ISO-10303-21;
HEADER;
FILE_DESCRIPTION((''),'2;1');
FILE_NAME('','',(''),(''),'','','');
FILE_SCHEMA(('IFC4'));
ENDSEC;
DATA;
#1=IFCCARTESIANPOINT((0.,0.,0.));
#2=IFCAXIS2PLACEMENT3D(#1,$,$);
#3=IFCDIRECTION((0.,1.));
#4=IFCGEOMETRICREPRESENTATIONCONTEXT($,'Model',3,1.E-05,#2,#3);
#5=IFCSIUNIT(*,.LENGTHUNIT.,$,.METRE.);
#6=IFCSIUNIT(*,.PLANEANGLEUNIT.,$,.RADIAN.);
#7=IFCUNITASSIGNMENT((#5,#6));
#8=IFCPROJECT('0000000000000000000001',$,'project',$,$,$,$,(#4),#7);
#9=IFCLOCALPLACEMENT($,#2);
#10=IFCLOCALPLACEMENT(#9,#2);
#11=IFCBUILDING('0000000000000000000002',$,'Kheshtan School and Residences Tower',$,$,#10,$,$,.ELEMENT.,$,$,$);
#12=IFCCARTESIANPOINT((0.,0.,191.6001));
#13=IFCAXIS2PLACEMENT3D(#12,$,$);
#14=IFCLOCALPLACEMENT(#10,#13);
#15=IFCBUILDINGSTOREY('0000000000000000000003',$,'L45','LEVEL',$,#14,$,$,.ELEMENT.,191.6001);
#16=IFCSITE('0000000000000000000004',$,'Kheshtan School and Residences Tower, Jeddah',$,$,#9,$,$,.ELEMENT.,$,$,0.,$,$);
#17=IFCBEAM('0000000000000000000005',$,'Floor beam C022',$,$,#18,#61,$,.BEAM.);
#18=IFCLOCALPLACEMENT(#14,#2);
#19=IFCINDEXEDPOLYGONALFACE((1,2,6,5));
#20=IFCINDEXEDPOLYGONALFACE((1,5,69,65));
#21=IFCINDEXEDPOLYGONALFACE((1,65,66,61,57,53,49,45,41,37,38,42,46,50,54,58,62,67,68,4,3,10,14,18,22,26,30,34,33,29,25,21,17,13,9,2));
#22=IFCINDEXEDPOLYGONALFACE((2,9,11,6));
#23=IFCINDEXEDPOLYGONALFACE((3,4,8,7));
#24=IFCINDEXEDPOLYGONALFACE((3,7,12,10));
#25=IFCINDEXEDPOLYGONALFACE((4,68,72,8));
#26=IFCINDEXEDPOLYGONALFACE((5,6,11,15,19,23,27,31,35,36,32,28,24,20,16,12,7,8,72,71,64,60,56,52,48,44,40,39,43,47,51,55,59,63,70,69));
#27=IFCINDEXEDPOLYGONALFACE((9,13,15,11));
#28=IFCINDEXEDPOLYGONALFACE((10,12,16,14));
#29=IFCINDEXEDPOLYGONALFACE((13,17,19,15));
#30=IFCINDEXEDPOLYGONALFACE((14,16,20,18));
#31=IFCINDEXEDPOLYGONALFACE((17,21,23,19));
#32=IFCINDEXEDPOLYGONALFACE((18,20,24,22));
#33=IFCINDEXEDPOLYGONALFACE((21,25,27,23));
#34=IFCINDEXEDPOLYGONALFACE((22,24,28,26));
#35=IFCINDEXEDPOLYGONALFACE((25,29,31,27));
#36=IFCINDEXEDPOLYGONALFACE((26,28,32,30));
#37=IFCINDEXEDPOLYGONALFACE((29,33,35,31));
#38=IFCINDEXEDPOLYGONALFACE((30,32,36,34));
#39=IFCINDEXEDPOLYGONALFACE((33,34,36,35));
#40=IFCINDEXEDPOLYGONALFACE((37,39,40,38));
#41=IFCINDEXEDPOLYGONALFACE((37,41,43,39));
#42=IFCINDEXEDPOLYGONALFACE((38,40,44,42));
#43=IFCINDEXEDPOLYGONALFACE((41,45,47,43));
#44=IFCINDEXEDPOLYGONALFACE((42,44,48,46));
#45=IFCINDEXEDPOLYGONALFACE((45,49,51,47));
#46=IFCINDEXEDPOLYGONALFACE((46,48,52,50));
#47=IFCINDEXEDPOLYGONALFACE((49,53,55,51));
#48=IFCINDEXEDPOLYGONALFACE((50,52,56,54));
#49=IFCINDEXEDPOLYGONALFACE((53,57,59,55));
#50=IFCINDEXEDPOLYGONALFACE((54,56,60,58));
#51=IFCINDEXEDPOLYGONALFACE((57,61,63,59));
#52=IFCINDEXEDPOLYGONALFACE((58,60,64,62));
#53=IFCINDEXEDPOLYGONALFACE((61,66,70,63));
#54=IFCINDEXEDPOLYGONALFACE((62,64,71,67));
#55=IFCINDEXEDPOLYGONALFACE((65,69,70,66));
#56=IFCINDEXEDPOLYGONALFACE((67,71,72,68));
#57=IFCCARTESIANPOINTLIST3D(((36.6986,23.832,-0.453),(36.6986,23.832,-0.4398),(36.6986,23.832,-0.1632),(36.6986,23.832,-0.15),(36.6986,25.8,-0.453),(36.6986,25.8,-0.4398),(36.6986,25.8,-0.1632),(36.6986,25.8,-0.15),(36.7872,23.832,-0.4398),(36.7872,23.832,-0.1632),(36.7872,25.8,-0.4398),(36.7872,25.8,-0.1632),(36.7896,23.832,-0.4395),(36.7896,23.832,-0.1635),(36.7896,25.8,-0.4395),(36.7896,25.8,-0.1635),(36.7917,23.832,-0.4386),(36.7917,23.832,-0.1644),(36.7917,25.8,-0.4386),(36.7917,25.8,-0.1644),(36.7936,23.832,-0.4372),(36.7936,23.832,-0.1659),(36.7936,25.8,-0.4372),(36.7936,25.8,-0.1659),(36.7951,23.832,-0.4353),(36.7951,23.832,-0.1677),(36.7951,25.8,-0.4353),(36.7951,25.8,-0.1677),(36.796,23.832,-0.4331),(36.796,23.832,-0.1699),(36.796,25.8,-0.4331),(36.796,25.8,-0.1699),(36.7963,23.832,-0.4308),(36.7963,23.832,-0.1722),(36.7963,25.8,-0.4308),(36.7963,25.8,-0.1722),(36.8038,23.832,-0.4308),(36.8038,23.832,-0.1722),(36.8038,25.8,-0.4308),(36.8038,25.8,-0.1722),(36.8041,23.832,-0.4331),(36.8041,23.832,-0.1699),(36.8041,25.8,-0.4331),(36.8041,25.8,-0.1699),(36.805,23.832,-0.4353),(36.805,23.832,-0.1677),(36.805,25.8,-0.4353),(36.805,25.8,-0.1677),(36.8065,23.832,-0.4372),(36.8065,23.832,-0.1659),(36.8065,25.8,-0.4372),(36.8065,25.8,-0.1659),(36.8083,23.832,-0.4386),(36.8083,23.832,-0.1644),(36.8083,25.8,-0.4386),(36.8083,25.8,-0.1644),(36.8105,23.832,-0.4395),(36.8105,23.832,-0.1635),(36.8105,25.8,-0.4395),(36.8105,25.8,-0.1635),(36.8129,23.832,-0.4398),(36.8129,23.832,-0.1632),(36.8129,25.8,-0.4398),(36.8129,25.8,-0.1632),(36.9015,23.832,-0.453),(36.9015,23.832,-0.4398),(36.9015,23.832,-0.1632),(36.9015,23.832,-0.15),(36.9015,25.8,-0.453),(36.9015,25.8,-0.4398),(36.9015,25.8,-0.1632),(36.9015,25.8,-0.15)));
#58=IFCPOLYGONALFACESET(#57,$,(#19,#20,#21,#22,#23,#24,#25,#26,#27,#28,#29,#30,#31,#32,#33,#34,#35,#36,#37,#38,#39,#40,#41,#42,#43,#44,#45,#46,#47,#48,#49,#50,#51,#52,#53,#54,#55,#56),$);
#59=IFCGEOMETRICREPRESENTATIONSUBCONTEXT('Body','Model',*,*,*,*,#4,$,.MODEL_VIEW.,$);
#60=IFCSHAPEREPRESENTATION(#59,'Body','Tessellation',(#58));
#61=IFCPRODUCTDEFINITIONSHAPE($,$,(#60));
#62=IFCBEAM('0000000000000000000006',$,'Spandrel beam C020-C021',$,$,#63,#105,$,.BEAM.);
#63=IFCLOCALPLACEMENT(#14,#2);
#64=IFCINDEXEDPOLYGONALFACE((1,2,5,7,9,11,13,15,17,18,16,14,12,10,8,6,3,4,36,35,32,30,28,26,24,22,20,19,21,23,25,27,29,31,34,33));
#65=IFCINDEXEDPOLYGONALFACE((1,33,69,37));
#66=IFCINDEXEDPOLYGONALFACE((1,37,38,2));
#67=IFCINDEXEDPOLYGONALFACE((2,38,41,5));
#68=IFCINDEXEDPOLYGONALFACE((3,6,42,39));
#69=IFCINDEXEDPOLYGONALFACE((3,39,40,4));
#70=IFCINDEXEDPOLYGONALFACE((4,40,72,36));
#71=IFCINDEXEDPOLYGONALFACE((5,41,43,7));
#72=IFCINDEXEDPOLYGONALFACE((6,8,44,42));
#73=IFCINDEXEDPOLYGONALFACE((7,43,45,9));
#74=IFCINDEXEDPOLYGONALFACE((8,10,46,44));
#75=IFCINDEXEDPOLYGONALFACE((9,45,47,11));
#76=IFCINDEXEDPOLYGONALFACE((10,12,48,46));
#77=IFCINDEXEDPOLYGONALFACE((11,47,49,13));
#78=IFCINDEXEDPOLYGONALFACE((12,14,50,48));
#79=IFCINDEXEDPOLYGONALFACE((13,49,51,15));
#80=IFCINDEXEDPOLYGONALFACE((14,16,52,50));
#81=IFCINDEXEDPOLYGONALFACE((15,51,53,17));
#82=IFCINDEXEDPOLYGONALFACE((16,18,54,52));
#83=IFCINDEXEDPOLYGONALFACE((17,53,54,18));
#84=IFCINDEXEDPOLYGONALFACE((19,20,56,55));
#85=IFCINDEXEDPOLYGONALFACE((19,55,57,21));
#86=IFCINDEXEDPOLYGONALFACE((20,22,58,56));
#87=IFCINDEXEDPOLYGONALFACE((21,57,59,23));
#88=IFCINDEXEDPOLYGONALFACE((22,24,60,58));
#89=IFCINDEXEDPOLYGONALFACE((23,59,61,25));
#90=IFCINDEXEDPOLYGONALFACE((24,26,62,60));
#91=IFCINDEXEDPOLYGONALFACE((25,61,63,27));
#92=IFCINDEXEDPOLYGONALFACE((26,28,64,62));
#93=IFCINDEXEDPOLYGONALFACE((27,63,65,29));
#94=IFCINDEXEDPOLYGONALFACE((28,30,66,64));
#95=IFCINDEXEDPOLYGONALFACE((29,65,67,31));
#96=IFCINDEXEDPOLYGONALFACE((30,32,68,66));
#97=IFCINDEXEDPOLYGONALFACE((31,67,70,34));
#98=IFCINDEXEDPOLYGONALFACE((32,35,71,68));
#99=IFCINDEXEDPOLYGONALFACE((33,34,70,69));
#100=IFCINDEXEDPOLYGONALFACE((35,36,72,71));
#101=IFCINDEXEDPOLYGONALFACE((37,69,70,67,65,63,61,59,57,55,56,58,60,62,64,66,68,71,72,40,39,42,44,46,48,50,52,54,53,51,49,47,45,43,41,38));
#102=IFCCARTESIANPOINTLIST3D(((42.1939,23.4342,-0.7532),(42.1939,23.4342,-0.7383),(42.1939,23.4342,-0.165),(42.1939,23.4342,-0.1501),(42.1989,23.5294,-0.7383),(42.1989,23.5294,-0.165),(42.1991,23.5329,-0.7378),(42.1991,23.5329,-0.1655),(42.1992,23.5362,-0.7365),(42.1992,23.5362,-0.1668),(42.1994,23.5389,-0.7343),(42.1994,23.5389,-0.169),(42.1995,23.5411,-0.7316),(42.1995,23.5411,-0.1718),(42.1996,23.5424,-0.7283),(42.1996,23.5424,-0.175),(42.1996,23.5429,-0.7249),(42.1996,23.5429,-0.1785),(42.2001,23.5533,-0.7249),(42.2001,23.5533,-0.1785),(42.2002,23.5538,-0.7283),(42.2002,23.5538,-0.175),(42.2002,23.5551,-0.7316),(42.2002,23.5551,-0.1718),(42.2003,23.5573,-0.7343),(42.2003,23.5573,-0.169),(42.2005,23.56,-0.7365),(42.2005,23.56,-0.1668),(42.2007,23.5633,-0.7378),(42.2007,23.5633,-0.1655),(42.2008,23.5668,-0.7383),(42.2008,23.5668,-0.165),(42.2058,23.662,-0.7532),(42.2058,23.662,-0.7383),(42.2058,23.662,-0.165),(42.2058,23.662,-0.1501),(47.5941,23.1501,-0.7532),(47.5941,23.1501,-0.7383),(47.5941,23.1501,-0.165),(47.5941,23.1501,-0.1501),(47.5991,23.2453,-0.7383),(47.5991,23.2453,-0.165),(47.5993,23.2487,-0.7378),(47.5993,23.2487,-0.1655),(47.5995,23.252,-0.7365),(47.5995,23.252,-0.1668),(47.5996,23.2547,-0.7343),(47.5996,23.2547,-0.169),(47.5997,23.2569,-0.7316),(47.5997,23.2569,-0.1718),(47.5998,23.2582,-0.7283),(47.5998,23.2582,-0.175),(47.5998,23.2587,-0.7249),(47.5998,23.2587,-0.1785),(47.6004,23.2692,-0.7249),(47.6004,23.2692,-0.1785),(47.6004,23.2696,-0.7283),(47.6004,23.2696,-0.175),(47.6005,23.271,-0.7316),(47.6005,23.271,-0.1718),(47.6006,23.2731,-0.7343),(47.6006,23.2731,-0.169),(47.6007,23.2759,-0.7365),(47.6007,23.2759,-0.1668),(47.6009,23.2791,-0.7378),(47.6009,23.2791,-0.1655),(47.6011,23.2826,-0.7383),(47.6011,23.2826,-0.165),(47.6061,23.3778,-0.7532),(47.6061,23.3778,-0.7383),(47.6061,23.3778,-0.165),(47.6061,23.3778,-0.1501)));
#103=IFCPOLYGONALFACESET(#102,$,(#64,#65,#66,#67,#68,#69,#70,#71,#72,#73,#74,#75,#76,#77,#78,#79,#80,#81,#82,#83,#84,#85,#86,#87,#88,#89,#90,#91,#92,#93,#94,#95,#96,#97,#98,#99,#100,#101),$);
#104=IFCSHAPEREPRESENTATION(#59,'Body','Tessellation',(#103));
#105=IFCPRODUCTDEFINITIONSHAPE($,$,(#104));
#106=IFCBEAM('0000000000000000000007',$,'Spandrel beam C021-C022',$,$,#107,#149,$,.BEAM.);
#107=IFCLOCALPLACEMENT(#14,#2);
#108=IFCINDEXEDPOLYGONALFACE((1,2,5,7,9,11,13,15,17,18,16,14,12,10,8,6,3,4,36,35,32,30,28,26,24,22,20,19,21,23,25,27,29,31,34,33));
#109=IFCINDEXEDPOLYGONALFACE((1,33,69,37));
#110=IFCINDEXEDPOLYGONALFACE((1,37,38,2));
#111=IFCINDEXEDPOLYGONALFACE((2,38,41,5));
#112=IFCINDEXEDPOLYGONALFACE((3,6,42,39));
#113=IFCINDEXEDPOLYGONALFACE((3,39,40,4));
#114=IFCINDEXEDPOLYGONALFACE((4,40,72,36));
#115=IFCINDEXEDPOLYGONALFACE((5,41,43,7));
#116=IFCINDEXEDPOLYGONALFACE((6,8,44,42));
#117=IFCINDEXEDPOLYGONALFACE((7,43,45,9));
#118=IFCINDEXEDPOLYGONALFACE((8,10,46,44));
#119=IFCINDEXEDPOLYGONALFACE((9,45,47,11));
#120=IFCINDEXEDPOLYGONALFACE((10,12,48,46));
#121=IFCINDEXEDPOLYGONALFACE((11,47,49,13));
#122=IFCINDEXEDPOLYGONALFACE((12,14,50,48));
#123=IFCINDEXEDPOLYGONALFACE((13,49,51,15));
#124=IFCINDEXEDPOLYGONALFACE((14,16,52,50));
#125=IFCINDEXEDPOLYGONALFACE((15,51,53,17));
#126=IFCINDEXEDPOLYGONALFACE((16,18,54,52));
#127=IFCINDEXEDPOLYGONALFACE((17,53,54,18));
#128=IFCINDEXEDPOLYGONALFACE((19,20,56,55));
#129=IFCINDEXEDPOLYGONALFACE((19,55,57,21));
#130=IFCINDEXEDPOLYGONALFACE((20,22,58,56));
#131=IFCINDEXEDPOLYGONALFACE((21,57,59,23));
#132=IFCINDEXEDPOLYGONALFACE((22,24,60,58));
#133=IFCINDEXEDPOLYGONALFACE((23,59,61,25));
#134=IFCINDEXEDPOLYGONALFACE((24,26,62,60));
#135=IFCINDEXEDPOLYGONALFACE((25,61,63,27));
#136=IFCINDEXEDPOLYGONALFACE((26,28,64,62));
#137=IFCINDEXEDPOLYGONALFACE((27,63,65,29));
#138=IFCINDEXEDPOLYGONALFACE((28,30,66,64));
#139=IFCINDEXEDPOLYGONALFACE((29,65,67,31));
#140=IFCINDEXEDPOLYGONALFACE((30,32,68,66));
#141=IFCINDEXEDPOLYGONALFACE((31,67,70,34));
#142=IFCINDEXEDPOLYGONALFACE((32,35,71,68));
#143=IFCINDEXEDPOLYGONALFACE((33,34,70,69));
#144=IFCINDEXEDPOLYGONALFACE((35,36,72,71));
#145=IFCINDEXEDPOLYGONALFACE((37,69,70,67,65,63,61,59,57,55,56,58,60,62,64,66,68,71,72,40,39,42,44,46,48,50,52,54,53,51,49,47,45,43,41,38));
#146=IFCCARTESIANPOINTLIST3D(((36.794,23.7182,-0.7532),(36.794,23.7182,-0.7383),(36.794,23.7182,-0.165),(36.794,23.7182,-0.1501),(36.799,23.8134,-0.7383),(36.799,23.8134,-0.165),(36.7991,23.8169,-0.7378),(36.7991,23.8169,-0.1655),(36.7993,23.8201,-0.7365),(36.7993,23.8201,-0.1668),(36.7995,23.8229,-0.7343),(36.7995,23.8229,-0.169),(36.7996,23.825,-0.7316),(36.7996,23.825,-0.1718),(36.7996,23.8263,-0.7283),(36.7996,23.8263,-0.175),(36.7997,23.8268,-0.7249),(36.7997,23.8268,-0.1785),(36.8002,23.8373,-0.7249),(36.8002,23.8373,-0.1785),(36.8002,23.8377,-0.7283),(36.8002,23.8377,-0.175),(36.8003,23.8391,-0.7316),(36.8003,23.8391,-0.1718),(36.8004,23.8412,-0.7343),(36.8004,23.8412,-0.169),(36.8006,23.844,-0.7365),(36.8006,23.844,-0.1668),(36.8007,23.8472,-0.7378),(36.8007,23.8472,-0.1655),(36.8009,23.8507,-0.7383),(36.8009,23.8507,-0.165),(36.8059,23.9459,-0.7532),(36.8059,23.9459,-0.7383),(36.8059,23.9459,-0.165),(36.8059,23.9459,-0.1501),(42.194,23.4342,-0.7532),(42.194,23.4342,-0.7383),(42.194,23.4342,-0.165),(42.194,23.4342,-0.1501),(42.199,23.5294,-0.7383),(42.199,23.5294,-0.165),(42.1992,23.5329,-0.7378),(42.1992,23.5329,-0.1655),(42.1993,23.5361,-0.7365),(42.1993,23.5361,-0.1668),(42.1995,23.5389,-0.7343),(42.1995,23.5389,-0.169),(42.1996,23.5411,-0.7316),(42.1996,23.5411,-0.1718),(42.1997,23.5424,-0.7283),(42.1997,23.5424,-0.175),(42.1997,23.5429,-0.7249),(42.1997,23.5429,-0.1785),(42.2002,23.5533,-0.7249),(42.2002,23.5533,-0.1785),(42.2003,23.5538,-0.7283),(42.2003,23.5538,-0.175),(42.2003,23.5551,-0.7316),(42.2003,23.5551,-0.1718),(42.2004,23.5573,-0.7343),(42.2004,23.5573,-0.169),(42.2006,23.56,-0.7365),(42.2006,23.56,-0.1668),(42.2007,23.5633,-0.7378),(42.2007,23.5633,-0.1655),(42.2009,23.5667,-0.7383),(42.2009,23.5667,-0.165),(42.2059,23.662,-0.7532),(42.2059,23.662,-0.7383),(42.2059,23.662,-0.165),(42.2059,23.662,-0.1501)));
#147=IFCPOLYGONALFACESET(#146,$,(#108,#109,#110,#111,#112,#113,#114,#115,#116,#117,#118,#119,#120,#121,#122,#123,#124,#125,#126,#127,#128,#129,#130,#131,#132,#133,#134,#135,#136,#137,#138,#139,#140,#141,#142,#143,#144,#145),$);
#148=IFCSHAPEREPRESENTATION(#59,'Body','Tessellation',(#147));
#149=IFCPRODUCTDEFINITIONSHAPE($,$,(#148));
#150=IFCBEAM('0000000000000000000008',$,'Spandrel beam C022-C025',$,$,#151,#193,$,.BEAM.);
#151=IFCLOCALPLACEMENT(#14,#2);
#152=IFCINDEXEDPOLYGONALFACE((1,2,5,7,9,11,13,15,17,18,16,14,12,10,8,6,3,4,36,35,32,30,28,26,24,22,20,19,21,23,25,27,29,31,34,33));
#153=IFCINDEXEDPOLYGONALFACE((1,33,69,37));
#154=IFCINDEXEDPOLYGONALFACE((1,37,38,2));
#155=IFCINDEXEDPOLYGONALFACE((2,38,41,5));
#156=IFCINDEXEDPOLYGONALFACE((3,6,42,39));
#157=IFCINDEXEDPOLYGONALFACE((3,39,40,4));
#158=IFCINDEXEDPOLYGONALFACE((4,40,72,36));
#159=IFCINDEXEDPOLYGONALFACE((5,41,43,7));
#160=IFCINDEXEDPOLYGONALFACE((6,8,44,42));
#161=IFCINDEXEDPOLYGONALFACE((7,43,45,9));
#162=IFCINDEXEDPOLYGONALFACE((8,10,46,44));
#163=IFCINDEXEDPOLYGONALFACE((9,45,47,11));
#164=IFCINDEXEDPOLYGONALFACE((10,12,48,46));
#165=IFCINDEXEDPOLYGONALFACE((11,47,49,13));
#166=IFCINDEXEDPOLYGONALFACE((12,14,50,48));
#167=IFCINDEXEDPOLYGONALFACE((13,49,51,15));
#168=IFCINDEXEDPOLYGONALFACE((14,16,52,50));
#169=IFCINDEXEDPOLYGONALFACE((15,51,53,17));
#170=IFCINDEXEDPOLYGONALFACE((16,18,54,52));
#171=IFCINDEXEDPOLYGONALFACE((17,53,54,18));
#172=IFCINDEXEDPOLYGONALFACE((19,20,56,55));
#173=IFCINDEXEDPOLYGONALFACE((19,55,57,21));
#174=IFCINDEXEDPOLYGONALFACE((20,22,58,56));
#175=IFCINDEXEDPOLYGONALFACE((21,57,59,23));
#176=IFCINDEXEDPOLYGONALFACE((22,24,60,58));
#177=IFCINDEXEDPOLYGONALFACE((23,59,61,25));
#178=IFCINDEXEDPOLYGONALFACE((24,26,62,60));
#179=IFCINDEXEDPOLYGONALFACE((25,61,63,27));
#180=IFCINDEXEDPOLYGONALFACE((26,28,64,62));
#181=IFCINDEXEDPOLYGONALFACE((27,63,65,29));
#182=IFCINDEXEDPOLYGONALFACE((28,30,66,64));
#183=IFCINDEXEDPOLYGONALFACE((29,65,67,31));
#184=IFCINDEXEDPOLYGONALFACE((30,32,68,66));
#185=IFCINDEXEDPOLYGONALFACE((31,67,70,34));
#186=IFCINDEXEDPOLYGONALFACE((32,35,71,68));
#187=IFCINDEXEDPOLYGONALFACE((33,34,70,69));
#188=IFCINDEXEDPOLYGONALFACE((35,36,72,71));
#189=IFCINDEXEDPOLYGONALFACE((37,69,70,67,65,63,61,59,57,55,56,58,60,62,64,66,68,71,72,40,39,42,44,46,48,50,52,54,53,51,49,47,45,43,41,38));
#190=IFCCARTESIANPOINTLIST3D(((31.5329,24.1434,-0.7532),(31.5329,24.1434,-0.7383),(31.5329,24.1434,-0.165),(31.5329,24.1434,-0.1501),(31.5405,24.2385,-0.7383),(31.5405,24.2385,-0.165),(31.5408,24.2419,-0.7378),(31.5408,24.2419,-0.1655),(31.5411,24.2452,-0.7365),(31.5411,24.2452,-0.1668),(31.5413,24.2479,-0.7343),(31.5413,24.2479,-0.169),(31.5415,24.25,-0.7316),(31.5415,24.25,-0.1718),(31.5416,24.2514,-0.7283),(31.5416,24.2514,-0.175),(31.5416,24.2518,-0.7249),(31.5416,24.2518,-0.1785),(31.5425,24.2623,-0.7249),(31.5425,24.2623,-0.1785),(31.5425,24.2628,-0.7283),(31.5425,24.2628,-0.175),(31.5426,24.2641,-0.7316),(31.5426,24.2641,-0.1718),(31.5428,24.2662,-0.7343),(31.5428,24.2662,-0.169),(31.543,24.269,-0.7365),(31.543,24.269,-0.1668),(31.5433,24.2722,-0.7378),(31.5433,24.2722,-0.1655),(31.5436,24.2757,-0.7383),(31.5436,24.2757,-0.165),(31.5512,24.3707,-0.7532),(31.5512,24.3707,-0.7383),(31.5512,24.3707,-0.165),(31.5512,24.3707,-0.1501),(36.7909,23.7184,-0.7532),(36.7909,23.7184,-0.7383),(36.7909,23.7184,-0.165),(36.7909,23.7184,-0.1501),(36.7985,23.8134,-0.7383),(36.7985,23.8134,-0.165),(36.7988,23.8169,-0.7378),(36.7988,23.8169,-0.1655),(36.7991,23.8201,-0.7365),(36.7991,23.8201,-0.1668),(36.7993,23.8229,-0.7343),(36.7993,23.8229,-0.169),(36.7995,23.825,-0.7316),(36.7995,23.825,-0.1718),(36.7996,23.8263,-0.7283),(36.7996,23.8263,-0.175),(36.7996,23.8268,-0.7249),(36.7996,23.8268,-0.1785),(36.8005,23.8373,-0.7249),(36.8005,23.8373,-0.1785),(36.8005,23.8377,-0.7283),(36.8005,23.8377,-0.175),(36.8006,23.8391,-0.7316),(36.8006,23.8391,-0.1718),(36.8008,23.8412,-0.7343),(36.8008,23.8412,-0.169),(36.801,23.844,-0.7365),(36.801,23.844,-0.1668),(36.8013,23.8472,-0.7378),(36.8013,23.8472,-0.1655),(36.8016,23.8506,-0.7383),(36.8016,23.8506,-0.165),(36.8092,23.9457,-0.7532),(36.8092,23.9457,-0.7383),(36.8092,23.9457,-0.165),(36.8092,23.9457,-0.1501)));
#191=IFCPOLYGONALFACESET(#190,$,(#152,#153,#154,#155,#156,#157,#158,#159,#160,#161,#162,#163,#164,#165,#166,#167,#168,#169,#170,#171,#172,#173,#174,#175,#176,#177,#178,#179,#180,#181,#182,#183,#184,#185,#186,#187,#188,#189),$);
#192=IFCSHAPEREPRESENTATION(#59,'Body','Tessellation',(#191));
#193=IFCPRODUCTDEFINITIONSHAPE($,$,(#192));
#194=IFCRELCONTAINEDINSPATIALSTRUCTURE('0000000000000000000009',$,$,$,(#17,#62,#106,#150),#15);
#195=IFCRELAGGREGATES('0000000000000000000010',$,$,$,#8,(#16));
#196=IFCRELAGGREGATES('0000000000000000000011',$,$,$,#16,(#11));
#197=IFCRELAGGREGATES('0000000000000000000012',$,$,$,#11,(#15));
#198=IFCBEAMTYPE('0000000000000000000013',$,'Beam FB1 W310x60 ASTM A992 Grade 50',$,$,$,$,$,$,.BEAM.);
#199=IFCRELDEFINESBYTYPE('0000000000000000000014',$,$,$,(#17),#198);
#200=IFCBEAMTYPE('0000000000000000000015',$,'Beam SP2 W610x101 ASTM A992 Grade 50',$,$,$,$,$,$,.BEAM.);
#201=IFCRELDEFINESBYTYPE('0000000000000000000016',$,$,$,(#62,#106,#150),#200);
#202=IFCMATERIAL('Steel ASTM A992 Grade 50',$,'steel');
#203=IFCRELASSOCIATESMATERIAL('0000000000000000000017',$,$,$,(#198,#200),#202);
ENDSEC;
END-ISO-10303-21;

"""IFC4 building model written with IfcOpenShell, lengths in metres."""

from ifc_helpers import new_model, si_unit, direction, frame, origin, origin_2d, place, context, subcontext, project, spatial, i_section, extrude, material, material_profile, profile_set, type_object, element, save


model = new_model("IFC4")

# Units and contexts
model_context = context("Model", 3, precision=1e-05, world=origin(), true_north=direction((0.0, 1.0)))
body_context = subcontext(model_context, "Body", "Model", "MODEL_VIEW")
ifc_project = project(units=[si_unit("LENGTHUNIT", "METRE"), si_unit("PLANEANGLEUNIT", "RADIAN")], contexts=[model_context])

# Site, building, storey
site_placement = place(None, origin())
site = spatial("IfcSite", under=ifc_project, at=site_placement, Name="Kheshtan School and Residences Tower, Jeddah", CompositionType="ELEMENT", RefElevation=0.0)
building_placement = place(site_placement, origin())
building = spatial("IfcBuilding", under=site, at=building_placement, Name="Kheshtan School and Residences Tower", CompositionType="ELEMENT")
storey_placement = place(building_placement, frame((0.0, 0.0, 191.6001)))
storey = spatial("IfcBuildingStorey", under=building, at=storey_placement, Name="L45", Description="LEVEL", CompositionType="ELEMENT", Elevation=191.6001)

# Shared definitions
ifc_material_1 = material(Name="Steel ASTM A992 Grade 50", Category="steel")

# Beams
ifc_material_profile_1 = material_profile(ifc_material_1, i_section(OverallWidth=0.2029, OverallDepth=0.303, WebThickness=0.0076, FlangeThickness=0.0132, FilletRadius=0.009, at=origin_2d()), Name="W310x60")
ifc_profile_set_1 = profile_set([ifc_material_profile_1], Name="Steel ASTM A992 Grade 50")
beam_type_1 = type_object("IfcBeamType", Name="Beam FB1 W310x60 ASTM A992 Grade 50", PredefinedType="BEAM", material=ifc_profile_set_1)
beam_1_placement = place(storey_placement, frame((36.8, 23.832, -0.3015), z_axis=(0.0, 1.0, 0.0), x_axis=(-1.0, 0.0, 0.0)))
element("IfcBeam", 1, at=beam_1_placement, inside=storey, type_object=beam_type_1, Name="Floor beam C022", PredefinedType="BEAM", context=body_context, shape_type="SweptSolid", body=[
    extrude(i_section(OverallWidth=0.2029, OverallDepth=0.303, WebThickness=0.0076, FlangeThickness=0.0132, FilletRadius=0.009, at=origin_2d()), origin(), (0.0, 0.0, 1.0), 1.968),
])
ifc_material_profile_2 = material_profile(ifc_material_1, i_section(OverallWidth=0.228, OverallDepth=0.603, WebThickness=0.0105, FlangeThickness=0.0149, FilletRadius=0.0134, at=origin_2d()), Name="W610x101")
ifc_profile_set_2 = profile_set([ifc_material_profile_2], Name="Steel ASTM A992 Grade 50")
beam_type_2 = type_object("IfcBeamType", Name="Beam SP2 W610x101 ASTM A992 Grade 50", PredefinedType="BEAM", material=ifc_profile_set_2)
beam_2_placement = place(storey_placement, frame((47.6001, 23.2639, -0.4517), z_axis=(-0.998618, 0.052552, 0.0), x_axis=(-0.052552, -0.998618, 0.0)))
element("IfcBeam", 2, at=beam_2_placement, inside=storey, type_object=beam_type_2, Name="Spandrel beam C020-C021", PredefinedType="BEAM", context=body_context, shape_type="SweptSolid", body=[
    extrude(i_section(OverallWidth=0.228, OverallDepth=0.603, WebThickness=0.0105, FlangeThickness=0.0149, FilletRadius=0.0134, at=origin_2d()), origin(), (0.0, 0.0, 1.0), 5.4077),
])
beam_3_placement = place(storey_placement, frame((42.2, 23.5481, -0.4517), z_axis=(-0.99862, 0.052509, 0.0), x_axis=(-0.052509, -0.99862, 0.0)))
element("IfcBeam", 3, at=beam_3_placement, inside=storey, type_object=beam_type_2, Name="Spandrel beam C021-C022", PredefinedType="BEAM", context=body_context, shape_type="SweptSolid", body=[
    extrude(i_section(OverallWidth=0.228, OverallDepth=0.603, WebThickness=0.0105, FlangeThickness=0.0149, FilletRadius=0.0134, at=origin_2d()), origin(), (0.0, 0.0, 1.0), 5.4075),
])
beam_4_placement = place(storey_placement, frame((36.8, 23.832, -0.4517), z_axis=(-0.996749, 0.080575, 0.0), x_axis=(-0.080575, -0.996749, 0.0)))
element("IfcBeam", 4, at=beam_4_placement, inside=storey, type_object=beam_type_2, Name="Spandrel beam C022-C025", PredefinedType="BEAM", context=body_context, shape_type="SweptSolid", body=[
    extrude(i_section(OverallWidth=0.228, OverallDepth=0.603, WebThickness=0.0105, FlangeThickness=0.0149, FilletRadius=0.0134, at=origin_2d()), origin(), (0.0, 0.0, 1.0), 5.2751),
])

save(model, "model.ifc")
